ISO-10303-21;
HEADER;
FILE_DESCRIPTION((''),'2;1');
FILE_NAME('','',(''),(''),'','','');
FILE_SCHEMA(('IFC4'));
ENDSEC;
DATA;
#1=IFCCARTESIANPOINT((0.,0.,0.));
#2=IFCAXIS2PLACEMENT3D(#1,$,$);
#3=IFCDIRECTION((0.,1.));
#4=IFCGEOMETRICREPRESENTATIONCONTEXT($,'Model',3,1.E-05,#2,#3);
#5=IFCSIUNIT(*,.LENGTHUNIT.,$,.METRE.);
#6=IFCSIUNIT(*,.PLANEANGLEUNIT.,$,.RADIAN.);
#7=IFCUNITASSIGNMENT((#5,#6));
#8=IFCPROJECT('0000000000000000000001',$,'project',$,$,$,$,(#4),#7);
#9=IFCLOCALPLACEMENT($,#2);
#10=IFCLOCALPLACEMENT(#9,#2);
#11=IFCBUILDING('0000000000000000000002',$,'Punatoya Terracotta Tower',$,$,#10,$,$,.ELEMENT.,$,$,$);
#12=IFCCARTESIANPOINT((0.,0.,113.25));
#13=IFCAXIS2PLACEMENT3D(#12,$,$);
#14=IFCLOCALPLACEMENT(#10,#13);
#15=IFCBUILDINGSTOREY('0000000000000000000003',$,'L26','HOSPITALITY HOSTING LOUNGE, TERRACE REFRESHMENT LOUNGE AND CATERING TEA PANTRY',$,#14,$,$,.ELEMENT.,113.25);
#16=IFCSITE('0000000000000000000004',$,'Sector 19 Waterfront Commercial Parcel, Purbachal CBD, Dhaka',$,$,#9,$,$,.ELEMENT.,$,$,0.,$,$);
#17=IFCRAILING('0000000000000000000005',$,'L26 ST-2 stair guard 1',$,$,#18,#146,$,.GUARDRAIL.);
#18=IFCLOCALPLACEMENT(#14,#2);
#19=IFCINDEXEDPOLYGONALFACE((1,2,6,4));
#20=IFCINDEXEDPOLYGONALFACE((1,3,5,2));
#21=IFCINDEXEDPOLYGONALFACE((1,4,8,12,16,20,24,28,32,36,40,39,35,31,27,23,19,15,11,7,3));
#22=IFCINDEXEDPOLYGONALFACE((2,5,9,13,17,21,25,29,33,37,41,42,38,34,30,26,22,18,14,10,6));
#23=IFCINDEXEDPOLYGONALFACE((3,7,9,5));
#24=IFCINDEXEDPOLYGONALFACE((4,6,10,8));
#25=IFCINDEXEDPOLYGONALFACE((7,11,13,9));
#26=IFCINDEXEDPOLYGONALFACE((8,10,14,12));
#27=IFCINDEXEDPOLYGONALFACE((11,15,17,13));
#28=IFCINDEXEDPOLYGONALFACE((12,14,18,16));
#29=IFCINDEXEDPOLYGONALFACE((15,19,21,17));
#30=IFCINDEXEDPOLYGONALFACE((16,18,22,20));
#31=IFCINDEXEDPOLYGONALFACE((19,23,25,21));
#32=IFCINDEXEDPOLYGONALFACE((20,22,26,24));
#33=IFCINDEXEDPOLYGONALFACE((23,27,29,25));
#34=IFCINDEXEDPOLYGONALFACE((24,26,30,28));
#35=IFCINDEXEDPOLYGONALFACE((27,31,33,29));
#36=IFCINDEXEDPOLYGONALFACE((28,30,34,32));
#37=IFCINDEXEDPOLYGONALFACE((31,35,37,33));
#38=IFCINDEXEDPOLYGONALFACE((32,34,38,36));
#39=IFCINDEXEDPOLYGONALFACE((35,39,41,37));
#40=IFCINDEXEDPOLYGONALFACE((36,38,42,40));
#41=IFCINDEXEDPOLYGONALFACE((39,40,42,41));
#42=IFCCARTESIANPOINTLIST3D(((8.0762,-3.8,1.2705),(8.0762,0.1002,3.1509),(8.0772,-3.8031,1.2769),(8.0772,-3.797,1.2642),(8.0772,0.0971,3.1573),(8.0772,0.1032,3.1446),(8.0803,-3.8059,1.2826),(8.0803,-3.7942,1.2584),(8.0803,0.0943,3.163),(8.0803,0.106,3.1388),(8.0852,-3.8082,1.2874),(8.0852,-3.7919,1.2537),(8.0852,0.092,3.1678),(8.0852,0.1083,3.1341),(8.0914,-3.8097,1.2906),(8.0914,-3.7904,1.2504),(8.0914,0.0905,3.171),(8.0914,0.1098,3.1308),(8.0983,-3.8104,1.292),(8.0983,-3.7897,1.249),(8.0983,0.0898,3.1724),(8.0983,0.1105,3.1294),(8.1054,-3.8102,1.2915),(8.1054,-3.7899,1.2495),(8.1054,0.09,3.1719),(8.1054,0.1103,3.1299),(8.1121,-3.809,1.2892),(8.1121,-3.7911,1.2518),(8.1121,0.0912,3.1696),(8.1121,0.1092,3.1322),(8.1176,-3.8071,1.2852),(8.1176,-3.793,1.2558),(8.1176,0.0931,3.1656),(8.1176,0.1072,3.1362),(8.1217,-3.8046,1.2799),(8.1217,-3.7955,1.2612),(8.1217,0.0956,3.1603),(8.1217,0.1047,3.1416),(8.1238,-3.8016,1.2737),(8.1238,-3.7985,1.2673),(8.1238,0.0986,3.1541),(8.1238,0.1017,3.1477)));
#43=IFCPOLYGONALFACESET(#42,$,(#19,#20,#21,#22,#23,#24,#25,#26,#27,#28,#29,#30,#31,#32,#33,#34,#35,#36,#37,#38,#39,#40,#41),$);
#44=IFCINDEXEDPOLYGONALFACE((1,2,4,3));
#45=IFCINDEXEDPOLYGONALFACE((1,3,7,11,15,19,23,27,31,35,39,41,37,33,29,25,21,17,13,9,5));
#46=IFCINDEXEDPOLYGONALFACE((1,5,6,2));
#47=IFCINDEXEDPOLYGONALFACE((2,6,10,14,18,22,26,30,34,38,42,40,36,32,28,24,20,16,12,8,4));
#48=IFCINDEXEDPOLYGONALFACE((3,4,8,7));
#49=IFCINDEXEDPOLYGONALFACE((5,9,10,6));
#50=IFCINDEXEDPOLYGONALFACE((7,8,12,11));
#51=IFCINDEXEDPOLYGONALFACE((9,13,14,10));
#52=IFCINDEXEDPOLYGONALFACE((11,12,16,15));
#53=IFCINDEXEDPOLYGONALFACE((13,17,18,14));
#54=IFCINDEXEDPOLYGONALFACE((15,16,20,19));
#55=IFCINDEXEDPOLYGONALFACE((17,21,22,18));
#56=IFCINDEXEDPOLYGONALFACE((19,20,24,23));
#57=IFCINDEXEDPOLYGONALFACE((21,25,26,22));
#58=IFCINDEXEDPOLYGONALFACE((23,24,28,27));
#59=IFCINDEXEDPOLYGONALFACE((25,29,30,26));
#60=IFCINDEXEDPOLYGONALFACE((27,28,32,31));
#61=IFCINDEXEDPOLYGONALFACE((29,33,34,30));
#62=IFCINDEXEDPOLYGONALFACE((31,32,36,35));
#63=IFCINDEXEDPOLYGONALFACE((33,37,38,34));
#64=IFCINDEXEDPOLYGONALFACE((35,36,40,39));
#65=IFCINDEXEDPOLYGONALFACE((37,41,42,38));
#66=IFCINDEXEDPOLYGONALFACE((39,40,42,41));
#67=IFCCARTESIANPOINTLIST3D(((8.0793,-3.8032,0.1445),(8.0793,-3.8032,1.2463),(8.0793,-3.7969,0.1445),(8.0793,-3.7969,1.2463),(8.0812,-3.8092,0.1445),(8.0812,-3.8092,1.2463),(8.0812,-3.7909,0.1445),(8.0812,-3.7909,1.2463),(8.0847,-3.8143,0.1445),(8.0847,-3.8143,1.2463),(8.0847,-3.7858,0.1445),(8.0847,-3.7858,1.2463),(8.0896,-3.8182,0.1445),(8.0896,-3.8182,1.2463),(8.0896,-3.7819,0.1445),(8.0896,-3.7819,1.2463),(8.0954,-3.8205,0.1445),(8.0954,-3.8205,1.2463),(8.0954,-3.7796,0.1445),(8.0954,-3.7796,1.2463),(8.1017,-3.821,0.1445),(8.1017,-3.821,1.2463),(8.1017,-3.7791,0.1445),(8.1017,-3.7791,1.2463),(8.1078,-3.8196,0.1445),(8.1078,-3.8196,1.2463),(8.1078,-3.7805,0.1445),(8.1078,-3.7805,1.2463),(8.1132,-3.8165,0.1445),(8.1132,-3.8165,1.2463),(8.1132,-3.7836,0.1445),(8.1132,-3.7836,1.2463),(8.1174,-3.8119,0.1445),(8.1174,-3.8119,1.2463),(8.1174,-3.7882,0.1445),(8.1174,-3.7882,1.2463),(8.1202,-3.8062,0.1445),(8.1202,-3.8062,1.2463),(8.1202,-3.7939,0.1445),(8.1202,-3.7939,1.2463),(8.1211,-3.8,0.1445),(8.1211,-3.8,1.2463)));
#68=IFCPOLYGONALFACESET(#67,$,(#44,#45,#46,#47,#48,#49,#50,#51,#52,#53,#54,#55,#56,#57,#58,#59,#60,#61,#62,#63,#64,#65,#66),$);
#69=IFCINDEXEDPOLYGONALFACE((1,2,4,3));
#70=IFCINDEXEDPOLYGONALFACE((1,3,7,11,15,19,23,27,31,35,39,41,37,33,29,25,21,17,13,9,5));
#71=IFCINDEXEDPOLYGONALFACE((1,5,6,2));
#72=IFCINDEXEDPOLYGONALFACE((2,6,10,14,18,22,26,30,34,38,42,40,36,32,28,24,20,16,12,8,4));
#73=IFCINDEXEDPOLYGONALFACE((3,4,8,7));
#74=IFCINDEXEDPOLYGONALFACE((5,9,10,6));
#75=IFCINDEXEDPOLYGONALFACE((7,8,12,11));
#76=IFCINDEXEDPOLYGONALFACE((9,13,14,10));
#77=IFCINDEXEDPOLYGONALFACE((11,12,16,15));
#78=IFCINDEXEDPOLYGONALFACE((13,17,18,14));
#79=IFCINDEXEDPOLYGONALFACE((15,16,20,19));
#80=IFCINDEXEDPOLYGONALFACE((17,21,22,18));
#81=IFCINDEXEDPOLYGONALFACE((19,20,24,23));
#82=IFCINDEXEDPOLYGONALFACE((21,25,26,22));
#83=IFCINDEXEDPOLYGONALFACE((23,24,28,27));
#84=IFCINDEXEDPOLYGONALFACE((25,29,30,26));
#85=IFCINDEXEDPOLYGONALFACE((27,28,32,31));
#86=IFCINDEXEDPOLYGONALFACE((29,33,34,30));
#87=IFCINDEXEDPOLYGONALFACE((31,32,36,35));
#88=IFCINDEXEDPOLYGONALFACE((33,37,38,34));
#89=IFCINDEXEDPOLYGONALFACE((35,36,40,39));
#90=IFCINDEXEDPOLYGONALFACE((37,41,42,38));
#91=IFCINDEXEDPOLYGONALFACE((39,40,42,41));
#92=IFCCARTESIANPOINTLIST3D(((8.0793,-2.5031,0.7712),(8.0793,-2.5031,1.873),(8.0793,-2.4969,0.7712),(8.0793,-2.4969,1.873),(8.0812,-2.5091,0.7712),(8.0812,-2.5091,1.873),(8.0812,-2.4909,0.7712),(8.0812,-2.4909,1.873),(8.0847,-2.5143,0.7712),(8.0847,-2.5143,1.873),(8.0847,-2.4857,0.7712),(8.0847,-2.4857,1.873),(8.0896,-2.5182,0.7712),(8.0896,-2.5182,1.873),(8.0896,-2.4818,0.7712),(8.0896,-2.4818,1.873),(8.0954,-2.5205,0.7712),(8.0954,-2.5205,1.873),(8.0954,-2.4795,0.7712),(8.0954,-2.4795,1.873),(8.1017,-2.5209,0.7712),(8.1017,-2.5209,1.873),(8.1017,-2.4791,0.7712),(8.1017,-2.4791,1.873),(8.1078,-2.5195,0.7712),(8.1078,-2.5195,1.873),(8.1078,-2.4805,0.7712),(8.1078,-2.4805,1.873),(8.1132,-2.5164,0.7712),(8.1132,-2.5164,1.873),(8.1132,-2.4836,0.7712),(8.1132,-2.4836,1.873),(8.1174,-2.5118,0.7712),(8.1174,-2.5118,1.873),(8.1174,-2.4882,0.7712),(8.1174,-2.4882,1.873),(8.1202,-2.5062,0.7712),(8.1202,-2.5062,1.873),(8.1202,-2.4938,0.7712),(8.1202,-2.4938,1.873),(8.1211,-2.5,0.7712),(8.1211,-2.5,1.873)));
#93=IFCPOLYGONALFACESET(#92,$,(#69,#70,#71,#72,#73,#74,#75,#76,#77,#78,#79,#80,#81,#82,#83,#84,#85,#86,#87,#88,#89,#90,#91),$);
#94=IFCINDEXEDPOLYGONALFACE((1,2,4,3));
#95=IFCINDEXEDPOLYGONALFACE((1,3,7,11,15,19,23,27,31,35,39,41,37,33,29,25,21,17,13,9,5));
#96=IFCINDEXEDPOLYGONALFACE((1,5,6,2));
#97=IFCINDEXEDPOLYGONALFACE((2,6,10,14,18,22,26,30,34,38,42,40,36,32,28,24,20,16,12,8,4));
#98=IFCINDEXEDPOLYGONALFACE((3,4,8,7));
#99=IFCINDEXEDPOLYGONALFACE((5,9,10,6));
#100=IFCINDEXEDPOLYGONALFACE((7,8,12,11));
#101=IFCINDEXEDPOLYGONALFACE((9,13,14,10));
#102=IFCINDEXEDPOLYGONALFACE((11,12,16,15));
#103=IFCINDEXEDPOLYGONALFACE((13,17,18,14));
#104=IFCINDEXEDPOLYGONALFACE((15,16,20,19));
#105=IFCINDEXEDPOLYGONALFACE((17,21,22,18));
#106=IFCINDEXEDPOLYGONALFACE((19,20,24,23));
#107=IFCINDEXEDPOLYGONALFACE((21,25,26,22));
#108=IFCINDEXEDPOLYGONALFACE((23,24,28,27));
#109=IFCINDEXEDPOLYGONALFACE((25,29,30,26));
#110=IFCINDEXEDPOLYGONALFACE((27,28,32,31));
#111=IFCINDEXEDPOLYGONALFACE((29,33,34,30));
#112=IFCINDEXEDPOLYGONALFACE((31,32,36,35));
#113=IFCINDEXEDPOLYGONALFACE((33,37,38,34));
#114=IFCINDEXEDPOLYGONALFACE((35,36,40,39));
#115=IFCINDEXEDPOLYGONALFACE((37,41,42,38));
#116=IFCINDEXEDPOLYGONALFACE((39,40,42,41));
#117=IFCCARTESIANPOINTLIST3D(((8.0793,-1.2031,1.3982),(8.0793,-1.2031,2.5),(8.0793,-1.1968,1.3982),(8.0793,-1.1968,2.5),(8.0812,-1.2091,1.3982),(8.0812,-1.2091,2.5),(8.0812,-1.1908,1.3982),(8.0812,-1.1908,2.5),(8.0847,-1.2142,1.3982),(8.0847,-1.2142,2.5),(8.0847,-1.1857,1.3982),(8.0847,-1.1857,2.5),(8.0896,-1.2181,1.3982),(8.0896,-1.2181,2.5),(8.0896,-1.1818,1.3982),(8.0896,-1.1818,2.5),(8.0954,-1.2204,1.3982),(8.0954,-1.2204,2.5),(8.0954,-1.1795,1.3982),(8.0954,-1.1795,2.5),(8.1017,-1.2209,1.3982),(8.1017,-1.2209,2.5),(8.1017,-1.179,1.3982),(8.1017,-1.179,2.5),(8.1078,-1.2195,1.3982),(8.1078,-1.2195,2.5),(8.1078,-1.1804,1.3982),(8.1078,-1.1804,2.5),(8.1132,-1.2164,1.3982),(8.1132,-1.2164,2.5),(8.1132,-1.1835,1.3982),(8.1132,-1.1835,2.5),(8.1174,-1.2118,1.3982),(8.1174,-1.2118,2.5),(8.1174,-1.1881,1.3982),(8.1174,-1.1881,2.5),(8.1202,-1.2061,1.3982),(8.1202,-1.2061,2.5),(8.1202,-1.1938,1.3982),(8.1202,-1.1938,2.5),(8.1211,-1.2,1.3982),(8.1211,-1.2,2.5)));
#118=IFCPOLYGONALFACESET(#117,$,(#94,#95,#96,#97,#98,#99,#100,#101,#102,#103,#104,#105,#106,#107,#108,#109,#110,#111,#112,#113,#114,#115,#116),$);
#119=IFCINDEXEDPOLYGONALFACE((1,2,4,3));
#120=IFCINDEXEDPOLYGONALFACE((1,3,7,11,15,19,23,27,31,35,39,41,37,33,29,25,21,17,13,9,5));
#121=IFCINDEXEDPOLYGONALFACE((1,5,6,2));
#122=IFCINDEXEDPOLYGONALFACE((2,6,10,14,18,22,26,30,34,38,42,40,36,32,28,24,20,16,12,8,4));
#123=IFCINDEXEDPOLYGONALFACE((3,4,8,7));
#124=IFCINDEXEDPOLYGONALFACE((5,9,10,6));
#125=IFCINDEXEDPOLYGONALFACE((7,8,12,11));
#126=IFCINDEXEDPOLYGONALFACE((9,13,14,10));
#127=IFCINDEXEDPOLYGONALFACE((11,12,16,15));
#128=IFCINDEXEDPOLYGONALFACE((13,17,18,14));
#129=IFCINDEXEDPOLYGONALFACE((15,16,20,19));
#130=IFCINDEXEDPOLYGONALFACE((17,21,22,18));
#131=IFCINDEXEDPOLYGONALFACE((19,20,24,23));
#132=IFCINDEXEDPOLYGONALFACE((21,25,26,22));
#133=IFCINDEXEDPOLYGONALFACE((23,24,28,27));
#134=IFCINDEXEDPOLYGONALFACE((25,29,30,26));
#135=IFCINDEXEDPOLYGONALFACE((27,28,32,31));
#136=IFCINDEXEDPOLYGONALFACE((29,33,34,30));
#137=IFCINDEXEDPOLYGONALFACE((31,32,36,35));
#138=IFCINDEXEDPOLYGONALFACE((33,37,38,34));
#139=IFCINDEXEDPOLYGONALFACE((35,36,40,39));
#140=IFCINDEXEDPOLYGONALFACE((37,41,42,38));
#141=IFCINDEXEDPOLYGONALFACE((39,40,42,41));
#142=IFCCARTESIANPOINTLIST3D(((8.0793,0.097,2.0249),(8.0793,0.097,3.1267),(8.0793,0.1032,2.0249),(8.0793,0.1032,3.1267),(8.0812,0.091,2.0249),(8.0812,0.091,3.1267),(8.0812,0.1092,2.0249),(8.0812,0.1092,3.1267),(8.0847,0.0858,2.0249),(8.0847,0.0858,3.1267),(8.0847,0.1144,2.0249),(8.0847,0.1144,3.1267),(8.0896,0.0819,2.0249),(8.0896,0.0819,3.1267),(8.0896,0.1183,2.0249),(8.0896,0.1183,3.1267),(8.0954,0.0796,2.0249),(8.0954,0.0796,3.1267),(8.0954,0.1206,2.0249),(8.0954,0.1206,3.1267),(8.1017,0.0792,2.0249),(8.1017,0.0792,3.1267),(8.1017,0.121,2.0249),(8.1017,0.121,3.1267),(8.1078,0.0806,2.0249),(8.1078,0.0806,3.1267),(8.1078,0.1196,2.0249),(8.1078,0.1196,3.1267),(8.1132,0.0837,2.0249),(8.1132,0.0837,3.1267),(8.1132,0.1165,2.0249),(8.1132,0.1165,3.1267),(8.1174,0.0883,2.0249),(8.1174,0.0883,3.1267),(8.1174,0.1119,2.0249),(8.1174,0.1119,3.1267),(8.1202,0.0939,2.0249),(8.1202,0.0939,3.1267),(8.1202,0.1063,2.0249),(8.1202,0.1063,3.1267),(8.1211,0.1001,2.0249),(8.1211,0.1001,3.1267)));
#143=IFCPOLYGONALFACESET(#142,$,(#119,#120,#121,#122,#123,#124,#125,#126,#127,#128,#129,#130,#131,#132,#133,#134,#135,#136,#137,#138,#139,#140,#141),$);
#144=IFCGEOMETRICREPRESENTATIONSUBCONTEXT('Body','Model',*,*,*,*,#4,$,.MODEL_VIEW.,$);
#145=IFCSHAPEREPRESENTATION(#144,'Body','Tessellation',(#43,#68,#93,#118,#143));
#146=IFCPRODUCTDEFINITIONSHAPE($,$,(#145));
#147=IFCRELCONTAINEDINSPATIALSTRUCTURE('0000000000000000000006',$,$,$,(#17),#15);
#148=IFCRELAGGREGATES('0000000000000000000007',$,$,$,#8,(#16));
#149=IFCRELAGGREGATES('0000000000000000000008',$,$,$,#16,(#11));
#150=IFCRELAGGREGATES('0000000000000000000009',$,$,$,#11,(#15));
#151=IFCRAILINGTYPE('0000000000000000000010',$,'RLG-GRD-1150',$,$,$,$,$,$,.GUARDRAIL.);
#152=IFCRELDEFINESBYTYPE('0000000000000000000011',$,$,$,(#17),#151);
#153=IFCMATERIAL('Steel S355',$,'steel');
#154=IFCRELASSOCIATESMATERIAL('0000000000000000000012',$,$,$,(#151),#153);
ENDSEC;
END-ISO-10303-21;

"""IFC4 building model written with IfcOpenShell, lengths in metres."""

from ifc_helpers import new_model, si_unit, direction, frame, origin, origin_2d, place, context, subcontext, project, spatial, circle, extrude, material, type_object, element, save


model = new_model("IFC4")

# Units and contexts
model_context = context("Model", 3, precision=1e-05, world=origin(), true_north=direction((0.0, 1.0)))
body_context = subcontext(model_context, "Body", "Model", "MODEL_VIEW")
ifc_project = project(units=[si_unit("LENGTHUNIT", "METRE"), si_unit("PLANEANGLEUNIT", "RADIAN")], contexts=[model_context])

# Site, building, storey
site_placement = place(None, origin())
site = spatial("IfcSite", under=ifc_project, at=site_placement, Name="Sector 19 Waterfront Commercial Parcel, Purbachal CBD, Dhaka", CompositionType="ELEMENT", RefElevation=0.0)
building_placement = place(site_placement, origin())
building = spatial("IfcBuilding", under=site, at=building_placement, Name="Punatoya Terracotta Tower", CompositionType="ELEMENT")
storey_placement = place(building_placement, frame((0.0, 0.0, 113.25)))
storey = spatial("IfcBuildingStorey", under=building, at=storey_placement, Name="L26", Description="HOSPITALITY HOSTING LOUNGE, TERRACE REFRESHMENT LOUNGE AND CATERING TEA PANTRY", CompositionType="ELEMENT", Elevation=113.25)

# Shared definitions
ifc_material_1 = material(Name="Steel S355", Category="steel")

# Railing
railing_type_1 = type_object("IfcRailingType", Name="RLG-GRD-1150", PredefinedType="GUARDRAIL", material=ifc_material_1)
railing_1_placement = place(storey_placement, frame((8.1001, -3.8, 0.1445)))
element("IfcRailing", 1, at=railing_1_placement, inside=storey, type_object=railing_type_1, Name="L26 ST-2 stair guard 1", PredefinedType="GUARDRAIL", context=body_context, shape_type="SweptSolid", body=[
    extrude(circle(Radius=0.0239, at=origin_2d()), frame((0.0, 0.0, 1.126), z_axis=(0.0, 0.900774, 0.434289), x_axis=(-1.0, 0.0, 0.0)), (0.0, 0.0, 1.0), 4.3298),
    extrude(circle(Radius=0.021, at=origin_2d()), origin(), (0.0, 0.0, 1.0), 1.1018),
    extrude(circle(Radius=0.021, at=origin_2d()), frame((0.0, 1.3, 0.6267)), (0.0, 0.0, 1.0), 1.1018),
    extrude(circle(Radius=0.021, at=origin_2d()), frame((0.0, 2.6001, 1.2537)), (0.0, 0.0, 1.0), 1.1018),
    extrude(circle(Radius=0.021, at=origin_2d()), frame((0.0, 3.9001, 1.8804)), (0.0, 0.0, 1.0), 1.1018),
])

save(model, "model.ifc")
